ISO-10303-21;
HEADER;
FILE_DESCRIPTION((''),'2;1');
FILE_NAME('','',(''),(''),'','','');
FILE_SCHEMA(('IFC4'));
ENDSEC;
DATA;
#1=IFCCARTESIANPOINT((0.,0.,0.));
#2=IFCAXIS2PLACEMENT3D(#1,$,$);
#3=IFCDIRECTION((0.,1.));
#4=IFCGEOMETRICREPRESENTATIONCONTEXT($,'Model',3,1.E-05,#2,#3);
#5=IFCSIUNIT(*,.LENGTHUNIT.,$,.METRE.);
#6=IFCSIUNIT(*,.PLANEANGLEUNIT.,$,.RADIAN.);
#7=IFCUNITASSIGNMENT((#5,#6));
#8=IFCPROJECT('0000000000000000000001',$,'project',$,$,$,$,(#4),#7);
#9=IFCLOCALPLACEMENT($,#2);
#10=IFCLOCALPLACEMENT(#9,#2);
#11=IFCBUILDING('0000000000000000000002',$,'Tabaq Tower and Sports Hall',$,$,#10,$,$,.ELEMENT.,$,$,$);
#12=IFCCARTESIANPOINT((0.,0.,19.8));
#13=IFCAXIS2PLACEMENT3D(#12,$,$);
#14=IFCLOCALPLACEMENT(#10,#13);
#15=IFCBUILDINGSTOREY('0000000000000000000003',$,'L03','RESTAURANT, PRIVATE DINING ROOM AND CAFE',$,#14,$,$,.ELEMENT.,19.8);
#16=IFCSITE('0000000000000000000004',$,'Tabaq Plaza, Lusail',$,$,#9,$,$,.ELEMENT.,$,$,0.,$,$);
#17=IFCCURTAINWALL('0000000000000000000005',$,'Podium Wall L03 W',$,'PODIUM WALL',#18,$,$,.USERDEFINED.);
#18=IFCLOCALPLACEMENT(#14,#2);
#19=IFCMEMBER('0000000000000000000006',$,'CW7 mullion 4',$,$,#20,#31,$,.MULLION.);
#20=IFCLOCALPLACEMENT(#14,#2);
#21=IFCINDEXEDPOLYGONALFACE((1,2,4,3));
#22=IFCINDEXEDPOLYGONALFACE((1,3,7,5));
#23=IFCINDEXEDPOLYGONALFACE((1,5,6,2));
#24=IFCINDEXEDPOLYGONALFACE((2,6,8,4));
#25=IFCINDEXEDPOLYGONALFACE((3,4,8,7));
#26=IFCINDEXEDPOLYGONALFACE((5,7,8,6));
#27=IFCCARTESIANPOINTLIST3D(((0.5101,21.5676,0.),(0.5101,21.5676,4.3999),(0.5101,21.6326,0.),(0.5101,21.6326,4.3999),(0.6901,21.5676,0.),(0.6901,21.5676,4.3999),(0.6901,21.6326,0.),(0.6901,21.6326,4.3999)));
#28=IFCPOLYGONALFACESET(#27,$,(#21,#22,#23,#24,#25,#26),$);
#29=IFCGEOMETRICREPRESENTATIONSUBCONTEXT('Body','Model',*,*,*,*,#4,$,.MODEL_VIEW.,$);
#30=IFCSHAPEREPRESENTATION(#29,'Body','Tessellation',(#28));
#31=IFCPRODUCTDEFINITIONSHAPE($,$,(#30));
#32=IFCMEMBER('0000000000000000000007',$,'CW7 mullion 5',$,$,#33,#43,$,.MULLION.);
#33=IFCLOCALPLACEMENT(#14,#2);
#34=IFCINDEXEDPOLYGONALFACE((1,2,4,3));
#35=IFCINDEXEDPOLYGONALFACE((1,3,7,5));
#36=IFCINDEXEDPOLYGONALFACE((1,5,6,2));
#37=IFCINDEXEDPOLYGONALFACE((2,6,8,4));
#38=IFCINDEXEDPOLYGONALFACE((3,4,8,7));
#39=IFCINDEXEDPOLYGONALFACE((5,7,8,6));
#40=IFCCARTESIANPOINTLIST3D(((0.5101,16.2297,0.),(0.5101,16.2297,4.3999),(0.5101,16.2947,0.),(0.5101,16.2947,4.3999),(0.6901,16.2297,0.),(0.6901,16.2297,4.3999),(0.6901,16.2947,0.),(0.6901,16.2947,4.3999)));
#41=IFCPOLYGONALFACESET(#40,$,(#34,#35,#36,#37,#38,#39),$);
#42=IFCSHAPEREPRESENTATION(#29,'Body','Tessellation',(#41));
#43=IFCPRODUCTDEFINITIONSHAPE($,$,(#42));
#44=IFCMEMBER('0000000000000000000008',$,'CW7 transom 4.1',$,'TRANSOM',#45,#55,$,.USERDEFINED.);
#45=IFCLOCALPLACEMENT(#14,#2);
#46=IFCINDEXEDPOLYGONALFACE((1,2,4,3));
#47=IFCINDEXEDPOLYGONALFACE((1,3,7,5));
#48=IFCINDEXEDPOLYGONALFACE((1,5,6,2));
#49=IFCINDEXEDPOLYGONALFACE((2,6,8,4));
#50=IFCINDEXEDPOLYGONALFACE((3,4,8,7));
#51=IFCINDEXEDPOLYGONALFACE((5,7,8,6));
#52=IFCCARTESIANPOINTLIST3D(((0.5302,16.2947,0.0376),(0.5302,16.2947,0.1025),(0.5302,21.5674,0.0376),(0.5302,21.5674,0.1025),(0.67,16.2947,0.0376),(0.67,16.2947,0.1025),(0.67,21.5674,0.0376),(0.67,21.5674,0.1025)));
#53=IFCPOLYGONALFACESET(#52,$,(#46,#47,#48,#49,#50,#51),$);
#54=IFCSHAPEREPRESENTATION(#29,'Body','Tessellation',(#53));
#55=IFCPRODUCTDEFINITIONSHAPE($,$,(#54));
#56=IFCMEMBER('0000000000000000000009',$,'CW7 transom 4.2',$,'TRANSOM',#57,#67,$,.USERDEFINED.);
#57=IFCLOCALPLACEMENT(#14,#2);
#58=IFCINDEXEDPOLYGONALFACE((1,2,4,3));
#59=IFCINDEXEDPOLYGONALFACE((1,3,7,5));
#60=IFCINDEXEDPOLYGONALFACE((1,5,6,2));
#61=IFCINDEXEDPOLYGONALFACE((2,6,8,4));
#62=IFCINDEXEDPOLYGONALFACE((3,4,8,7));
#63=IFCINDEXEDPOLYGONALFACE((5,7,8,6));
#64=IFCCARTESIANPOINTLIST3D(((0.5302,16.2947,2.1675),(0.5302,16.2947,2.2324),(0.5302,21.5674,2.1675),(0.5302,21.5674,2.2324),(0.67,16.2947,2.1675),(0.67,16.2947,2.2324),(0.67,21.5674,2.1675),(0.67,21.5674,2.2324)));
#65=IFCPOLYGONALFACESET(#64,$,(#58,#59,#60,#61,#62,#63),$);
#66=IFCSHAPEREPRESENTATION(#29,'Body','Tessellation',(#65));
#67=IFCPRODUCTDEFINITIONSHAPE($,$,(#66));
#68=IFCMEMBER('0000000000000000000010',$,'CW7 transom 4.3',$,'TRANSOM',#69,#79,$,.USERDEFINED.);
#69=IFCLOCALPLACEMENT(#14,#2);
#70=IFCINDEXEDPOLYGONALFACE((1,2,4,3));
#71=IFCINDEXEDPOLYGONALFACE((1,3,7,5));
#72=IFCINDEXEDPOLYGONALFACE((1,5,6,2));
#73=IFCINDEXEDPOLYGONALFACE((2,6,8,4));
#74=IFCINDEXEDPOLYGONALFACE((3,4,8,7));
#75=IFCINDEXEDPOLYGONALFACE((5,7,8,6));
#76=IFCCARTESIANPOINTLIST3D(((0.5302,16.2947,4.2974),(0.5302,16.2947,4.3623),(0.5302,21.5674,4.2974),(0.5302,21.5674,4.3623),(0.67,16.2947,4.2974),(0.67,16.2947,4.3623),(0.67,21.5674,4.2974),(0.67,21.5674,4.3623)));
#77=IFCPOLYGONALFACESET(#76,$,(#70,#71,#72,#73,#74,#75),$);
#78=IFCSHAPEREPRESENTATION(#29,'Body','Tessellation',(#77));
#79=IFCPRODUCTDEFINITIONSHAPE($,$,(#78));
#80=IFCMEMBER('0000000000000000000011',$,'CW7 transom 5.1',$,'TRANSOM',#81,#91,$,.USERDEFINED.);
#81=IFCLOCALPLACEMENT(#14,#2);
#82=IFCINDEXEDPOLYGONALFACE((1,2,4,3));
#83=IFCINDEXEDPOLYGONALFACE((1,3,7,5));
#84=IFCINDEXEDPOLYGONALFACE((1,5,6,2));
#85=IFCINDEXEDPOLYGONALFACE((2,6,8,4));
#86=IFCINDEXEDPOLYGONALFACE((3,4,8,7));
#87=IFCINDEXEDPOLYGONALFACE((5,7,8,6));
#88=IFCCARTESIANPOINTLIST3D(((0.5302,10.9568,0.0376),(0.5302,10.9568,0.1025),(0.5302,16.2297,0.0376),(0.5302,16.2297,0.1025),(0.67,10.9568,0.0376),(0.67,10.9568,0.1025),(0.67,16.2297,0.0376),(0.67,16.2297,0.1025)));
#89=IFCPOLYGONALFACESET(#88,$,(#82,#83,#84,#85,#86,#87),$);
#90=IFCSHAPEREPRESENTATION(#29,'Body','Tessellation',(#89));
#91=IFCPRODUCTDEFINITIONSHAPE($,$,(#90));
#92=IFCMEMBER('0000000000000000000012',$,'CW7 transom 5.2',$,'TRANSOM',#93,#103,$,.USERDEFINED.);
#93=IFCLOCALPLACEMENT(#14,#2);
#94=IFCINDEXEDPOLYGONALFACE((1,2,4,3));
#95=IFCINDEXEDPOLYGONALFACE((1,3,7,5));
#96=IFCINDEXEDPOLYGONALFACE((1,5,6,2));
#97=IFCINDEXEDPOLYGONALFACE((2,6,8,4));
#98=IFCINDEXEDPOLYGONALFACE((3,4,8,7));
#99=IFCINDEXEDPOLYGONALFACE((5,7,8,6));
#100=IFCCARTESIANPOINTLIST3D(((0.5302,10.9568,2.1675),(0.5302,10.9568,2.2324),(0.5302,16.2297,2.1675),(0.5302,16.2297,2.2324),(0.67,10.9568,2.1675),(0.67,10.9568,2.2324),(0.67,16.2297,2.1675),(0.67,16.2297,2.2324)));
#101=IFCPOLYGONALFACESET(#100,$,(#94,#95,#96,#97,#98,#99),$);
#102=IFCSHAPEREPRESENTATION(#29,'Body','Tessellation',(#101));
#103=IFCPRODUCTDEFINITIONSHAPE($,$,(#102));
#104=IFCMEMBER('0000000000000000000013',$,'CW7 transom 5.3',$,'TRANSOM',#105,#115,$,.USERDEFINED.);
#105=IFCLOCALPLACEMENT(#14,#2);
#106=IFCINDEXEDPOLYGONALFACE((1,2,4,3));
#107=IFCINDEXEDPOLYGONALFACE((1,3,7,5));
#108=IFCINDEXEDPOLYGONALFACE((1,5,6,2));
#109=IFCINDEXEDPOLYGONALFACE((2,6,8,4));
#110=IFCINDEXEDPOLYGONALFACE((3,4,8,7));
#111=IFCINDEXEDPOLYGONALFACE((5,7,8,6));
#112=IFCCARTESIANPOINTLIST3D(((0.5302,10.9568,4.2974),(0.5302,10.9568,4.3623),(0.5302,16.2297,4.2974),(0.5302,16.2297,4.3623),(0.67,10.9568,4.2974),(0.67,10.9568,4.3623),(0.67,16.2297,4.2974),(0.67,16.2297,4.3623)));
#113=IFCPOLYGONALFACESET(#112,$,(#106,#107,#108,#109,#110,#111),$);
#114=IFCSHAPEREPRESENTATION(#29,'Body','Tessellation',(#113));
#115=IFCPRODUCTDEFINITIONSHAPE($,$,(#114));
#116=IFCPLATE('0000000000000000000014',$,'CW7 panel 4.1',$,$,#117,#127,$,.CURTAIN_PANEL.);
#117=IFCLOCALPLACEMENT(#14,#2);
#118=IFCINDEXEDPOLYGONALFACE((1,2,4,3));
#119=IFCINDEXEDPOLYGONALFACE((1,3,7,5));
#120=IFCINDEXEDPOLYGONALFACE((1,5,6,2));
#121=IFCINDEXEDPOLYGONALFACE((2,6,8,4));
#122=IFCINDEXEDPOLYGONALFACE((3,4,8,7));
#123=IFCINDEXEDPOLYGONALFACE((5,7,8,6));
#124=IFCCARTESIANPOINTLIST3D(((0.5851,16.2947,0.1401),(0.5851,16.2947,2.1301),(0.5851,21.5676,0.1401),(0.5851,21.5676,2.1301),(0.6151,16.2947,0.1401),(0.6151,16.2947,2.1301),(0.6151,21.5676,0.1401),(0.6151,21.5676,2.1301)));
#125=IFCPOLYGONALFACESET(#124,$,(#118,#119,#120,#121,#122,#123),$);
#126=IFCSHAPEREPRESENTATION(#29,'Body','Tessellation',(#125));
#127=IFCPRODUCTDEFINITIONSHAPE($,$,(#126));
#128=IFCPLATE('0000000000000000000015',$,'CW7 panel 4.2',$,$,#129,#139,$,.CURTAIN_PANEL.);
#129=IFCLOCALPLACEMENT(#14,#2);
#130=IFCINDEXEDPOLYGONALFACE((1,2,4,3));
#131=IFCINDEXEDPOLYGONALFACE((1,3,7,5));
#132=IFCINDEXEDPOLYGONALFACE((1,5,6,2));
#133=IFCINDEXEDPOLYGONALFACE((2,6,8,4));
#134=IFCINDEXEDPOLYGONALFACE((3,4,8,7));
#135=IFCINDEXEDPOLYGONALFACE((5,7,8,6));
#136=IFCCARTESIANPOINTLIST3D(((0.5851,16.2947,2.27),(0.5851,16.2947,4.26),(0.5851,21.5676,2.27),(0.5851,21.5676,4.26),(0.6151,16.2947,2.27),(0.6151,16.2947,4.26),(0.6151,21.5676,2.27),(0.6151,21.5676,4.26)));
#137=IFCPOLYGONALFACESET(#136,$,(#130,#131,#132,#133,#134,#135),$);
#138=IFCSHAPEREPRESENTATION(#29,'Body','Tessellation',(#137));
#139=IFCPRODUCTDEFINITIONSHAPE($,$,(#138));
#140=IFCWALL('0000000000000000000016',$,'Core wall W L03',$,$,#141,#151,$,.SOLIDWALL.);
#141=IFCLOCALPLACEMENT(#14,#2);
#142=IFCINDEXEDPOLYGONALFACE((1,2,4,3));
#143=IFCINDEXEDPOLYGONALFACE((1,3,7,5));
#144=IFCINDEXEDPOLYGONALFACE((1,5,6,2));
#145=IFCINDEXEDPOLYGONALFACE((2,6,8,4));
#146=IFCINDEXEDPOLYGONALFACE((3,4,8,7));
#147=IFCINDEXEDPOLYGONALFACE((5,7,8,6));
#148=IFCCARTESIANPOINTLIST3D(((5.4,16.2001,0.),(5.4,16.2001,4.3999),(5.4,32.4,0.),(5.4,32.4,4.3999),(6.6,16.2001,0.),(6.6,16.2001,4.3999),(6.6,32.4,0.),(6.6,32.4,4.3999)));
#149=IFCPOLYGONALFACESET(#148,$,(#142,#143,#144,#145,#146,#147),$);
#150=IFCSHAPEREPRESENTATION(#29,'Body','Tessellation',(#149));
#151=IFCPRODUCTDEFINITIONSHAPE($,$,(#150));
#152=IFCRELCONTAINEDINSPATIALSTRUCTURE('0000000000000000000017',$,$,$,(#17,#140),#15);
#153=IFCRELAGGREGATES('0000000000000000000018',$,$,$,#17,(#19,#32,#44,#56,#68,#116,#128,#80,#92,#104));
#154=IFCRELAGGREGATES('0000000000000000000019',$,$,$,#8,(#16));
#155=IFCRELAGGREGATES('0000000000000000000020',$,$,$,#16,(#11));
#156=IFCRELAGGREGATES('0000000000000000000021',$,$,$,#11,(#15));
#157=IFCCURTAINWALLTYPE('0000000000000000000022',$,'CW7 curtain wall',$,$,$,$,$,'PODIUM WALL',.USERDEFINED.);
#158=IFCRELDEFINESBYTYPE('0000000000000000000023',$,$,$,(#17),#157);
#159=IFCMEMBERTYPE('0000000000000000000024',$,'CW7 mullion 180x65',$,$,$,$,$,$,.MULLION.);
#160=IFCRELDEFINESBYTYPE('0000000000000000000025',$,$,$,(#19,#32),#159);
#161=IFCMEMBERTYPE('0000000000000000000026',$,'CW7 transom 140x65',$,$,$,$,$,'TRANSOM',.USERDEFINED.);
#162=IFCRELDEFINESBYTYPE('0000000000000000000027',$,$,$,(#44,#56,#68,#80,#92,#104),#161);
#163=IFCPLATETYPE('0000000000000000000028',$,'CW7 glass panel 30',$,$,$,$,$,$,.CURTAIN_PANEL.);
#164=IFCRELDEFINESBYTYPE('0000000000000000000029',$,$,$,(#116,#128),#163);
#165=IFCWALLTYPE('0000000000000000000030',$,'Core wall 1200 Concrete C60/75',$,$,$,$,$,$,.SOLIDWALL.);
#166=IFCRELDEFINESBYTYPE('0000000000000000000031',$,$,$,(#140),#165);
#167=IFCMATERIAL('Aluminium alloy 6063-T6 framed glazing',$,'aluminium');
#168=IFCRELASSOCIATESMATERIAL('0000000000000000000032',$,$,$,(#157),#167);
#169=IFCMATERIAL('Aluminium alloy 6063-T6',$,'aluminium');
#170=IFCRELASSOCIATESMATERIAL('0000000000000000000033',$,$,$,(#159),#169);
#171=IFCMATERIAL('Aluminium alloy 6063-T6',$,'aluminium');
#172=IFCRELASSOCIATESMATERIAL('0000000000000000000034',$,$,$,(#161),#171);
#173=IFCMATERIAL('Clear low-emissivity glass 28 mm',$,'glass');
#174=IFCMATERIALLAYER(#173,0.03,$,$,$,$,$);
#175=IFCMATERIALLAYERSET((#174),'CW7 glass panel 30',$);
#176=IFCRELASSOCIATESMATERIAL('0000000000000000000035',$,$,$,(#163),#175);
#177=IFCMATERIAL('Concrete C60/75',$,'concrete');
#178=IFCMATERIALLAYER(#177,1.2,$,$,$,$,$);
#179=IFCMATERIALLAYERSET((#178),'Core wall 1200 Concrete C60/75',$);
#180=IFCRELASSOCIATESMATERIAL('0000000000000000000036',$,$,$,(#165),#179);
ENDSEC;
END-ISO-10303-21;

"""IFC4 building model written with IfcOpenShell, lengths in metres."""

from ifc_helpers import new_model, si_unit, direction, frame, frame_2d, origin, origin_2d, place, context, subcontext, project, spatial, rectangle, extrude, material, layer, layer_set, material_profile, profile_set, type_object, element, aggregate, save


model = new_model("IFC4")

# Units and contexts
model_context = context("Model", 3, precision=1e-05, world=origin(), true_north=direction((0.0, 1.0)))
body_context = subcontext(model_context, "Body", "Model", "MODEL_VIEW")
ifc_project = project(units=[si_unit("LENGTHUNIT", "METRE"), si_unit("PLANEANGLEUNIT", "RADIAN")], contexts=[model_context])

# Site, building, storey
site_placement = place(None, origin())
site = spatial("IfcSite", under=ifc_project, at=site_placement, Name="Tabaq Plaza, Lusail", CompositionType="ELEMENT", RefElevation=0.0)
building_placement = place(site_placement, origin())
building = spatial("IfcBuilding", under=site, at=building_placement, Name="Tabaq Tower and Sports Hall", CompositionType="ELEMENT")
storey_placement = place(building_placement, frame((0.0, 0.0, 19.8)))
storey = spatial("IfcBuildingStorey", under=building, at=storey_placement, Name="L03", Description="RESTAURANT, PRIVATE DINING ROOM AND CAFE", CompositionType="ELEMENT", Elevation=19.8)

# Curtain wall, members, plates
ifc_material_1 = material(Name="Aluminium alloy 6063-T6 framed glazing", Category="aluminium")
curtain_wall_type = type_object("IfcCurtainWallType", Name="CW7 curtain wall", ElementType="PODIUM WALL", PredefinedType="USERDEFINED", material=ifc_material_1)
curtain_wall_placement = place(storey_placement, origin())
curtain_wall = element("IfcCurtainWall", 1, at=curtain_wall_placement, inside=storey, type_object=curtain_wall_type, Name="Podium Wall L03 W", ObjectType="PODIUM WALL", PredefinedType="USERDEFINED")
ifc_material_2 = material(Name="Aluminium alloy 6063-T6", Category="aluminium")
ifc_material_profile_1 = material_profile(ifc_material_2, rectangle(XDim=0.1799, YDim=0.0649, at=origin_2d()), Name="MULLION 180x65")
ifc_profile_set_1 = profile_set([ifc_material_profile_1], Name="Aluminium alloy 6063-T6")
member_type_1 = type_object("IfcMemberType", Name="CW7 mullion 180x65", PredefinedType="MULLION", material=ifc_profile_set_1)
member_1_placement = place(storey_placement, frame((0.6001, 21.6001, 0.0), z_axis=(0.0, 0.0, 1.0), x_axis=(1.0, 0.0, 0.0)))
member_1 = element("IfcMember", 2, at=member_1_placement, type_object=member_type_1, Name="CW7 mullion 4", PredefinedType="MULLION", context=body_context, shape_type="SweptSolid", body=[
    extrude(rectangle(XDim=0.1799, YDim=0.0649, at=origin_2d()), origin(), (0.0, 0.0, 1.0), 4.3999),
])
member_2_placement = place(storey_placement, frame((0.6001, 16.2622, 0.0), z_axis=(0.0, 0.0, 1.0), x_axis=(1.0, 0.0, 0.0)))
member_2 = element("IfcMember", 3, at=member_2_placement, type_object=member_type_1, Name="CW7 mullion 5", PredefinedType="MULLION", context=body_context, shape_type="SweptSolid", body=[
    extrude(rectangle(XDim=0.1799, YDim=0.0649, at=origin_2d()), origin(), (0.0, 0.0, 1.0), 4.3999),
])
ifc_material_3 = material(Name="Aluminium alloy 6063-T6", Category="aluminium")
ifc_material_profile_2 = material_profile(ifc_material_3, rectangle(XDim=0.1399, YDim=0.0649, at=origin_2d()), Name="TRANSOM 140x65")
ifc_profile_set_2 = profile_set([ifc_material_profile_2], Name="Aluminium alloy 6063-T6")
member_type_2 = type_object("IfcMemberType", Name="CW7 transom 140x65", ElementType="TRANSOM", PredefinedType="USERDEFINED", material=ifc_profile_set_2)
member_3_placement = place(storey_placement, frame((0.6001, 21.5674, 0.0701), z_axis=(0.0, -1.0, 0.0), x_axis=(1.0, 0.0, 0.0)))
member_3 = element("IfcMember", 4, at=member_3_placement, type_object=member_type_2, Name="CW7 transom 4.1", ObjectType="TRANSOM", PredefinedType="USERDEFINED", context=body_context, shape_type="SweptSolid", body=[
    extrude(rectangle(XDim=0.1399, YDim=0.0649, at=origin_2d()), origin(), (0.0, 0.0, 1.0), 5.2727),
])
member_4_placement = place(storey_placement, frame((0.6001, 21.5674, 2.2), z_axis=(0.0, -1.0, 0.0), x_axis=(1.0, 0.0, 0.0)))
member_4 = element("IfcMember", 5, at=member_4_placement, type_object=member_type_2, Name="CW7 transom 4.2", ObjectType="TRANSOM", PredefinedType="USERDEFINED", context=body_context, shape_type="SweptSolid", body=[
    extrude(rectangle(XDim=0.1399, YDim=0.0649, at=origin_2d()), origin(), (0.0, 0.0, 1.0), 5.2727),
])
member_5_placement = place(storey_placement, frame((0.6001, 21.5674, 4.3298), z_axis=(0.0, -1.0, 0.0), x_axis=(1.0, 0.0, 0.0)))
member_5 = element("IfcMember", 6, at=member_5_placement, type_object=member_type_2, Name="CW7 transom 4.3", ObjectType="TRANSOM", PredefinedType="USERDEFINED", context=body_context, shape_type="SweptSolid", body=[
    extrude(rectangle(XDim=0.1399, YDim=0.0649, at=origin_2d()), origin(), (0.0, 0.0, 1.0), 5.2727),
])
member_6_placement = place(storey_placement, frame((0.6001, 16.2297, 0.0701), z_axis=(0.0, -1.0, 0.0), x_axis=(1.0, 0.0, 0.0)))
member_6 = element("IfcMember", 7, at=member_6_placement, type_object=member_type_2, Name="CW7 transom 5.1", ObjectType="TRANSOM", PredefinedType="USERDEFINED", context=body_context, shape_type="SweptSolid", body=[
    extrude(rectangle(XDim=0.1399, YDim=0.0649, at=origin_2d()), origin(), (0.0, 0.0, 1.0), 5.2729),
])
member_7_placement = place(storey_placement, frame((0.6001, 16.2297, 2.2), z_axis=(0.0, -1.0, 0.0), x_axis=(1.0, 0.0, 0.0)))
member_7 = element("IfcMember", 8, at=member_7_placement, type_object=member_type_2, Name="CW7 transom 5.2", ObjectType="TRANSOM", PredefinedType="USERDEFINED", context=body_context, shape_type="SweptSolid", body=[
    extrude(rectangle(XDim=0.1399, YDim=0.0649, at=origin_2d()), origin(), (0.0, 0.0, 1.0), 5.2729),
])
member_8_placement = place(storey_placement, frame((0.6001, 16.2297, 4.3298), z_axis=(0.0, -1.0, 0.0), x_axis=(1.0, 0.0, 0.0)))
member_8 = element("IfcMember", 9, at=member_8_placement, type_object=member_type_2, Name="CW7 transom 5.3", ObjectType="TRANSOM", PredefinedType="USERDEFINED", context=body_context, shape_type="SweptSolid", body=[
    extrude(rectangle(XDim=0.1399, YDim=0.0649, at=origin_2d()), origin(), (0.0, 0.0, 1.0), 5.2729),
])
ifc_material_4 = material(Name="Clear low-emissivity glass 28 mm", Category="glass")
ifc_layer_1 = layer(ifc_material_4, 0.03)
ifc_layer_set_1 = layer_set([ifc_layer_1], Name="CW7 glass panel 30")
plate_type = type_object("IfcPlateType", Name="CW7 glass panel 30", PredefinedType="CURTAIN_PANEL", material=ifc_layer_set_1)
plate_1_placement = place(storey_placement, frame((0.6001, 18.9312, 0.1401), z_axis=(0.0, 0.0, 1.0), x_axis=(0.0, -1.0, 0.0)))
plate_1 = element("IfcPlate", 10, at=plate_1_placement, type_object=plate_type, Name="CW7 panel 4.1", PredefinedType="CURTAIN_PANEL", context=body_context, shape_type="SweptSolid", body=[
    extrude(rectangle(XDim=5.2729, YDim=0.03, at=origin_2d()), origin(), (0.0, 0.0, 1.0), 1.99),
])
plate_2_placement = place(storey_placement, frame((0.6001, 18.9312, 2.27), z_axis=(0.0, 0.0, 1.0), x_axis=(0.0, -1.0, 0.0)))
plate_2 = element("IfcPlate", 11, at=plate_2_placement, type_object=plate_type, Name="CW7 panel 4.2", PredefinedType="CURTAIN_PANEL", context=body_context, shape_type="SweptSolid", body=[
    extrude(rectangle(XDim=5.2729, YDim=0.03, at=origin_2d()), origin(), (0.0, 0.0, 1.0), 1.99),
])
aggregate(curtain_wall, [member_1, member_2, member_3, member_4, member_5, plate_1, plate_2, member_6, member_7, member_8])

# Wall
ifc_material_5 = material(Name="Concrete C60/75", Category="concrete")
ifc_layer_2 = layer(ifc_material_5, 1.2)
ifc_layer_set_2 = layer_set([ifc_layer_2], Name="Core wall 1200 Concrete C60/75")
wall_type_1 = type_object("IfcWallType", Name="Core wall 1200 Concrete C60/75", PredefinedType="SOLIDWALL", material=ifc_layer_set_2)
wall_1_placement = place(storey_placement, frame((6.0, 16.2, 0.0), z_axis=(0.0, 0.0, 1.0), x_axis=(0.0, 1.0, 0.0)))
element("IfcWall", 12, at=wall_1_placement, inside=storey, type_object=wall_type_1, Name="Core wall W L03", PredefinedType="SOLIDWALL", context=body_context, shape_type="SweptSolid", body=[
    extrude(rectangle(XDim=16.2, YDim=1.2, at=frame_2d((8.1001, 0.0))), origin(), (0.0, 0.0, 1.0), 4.3999),
])

save(model, "model.ifc")
